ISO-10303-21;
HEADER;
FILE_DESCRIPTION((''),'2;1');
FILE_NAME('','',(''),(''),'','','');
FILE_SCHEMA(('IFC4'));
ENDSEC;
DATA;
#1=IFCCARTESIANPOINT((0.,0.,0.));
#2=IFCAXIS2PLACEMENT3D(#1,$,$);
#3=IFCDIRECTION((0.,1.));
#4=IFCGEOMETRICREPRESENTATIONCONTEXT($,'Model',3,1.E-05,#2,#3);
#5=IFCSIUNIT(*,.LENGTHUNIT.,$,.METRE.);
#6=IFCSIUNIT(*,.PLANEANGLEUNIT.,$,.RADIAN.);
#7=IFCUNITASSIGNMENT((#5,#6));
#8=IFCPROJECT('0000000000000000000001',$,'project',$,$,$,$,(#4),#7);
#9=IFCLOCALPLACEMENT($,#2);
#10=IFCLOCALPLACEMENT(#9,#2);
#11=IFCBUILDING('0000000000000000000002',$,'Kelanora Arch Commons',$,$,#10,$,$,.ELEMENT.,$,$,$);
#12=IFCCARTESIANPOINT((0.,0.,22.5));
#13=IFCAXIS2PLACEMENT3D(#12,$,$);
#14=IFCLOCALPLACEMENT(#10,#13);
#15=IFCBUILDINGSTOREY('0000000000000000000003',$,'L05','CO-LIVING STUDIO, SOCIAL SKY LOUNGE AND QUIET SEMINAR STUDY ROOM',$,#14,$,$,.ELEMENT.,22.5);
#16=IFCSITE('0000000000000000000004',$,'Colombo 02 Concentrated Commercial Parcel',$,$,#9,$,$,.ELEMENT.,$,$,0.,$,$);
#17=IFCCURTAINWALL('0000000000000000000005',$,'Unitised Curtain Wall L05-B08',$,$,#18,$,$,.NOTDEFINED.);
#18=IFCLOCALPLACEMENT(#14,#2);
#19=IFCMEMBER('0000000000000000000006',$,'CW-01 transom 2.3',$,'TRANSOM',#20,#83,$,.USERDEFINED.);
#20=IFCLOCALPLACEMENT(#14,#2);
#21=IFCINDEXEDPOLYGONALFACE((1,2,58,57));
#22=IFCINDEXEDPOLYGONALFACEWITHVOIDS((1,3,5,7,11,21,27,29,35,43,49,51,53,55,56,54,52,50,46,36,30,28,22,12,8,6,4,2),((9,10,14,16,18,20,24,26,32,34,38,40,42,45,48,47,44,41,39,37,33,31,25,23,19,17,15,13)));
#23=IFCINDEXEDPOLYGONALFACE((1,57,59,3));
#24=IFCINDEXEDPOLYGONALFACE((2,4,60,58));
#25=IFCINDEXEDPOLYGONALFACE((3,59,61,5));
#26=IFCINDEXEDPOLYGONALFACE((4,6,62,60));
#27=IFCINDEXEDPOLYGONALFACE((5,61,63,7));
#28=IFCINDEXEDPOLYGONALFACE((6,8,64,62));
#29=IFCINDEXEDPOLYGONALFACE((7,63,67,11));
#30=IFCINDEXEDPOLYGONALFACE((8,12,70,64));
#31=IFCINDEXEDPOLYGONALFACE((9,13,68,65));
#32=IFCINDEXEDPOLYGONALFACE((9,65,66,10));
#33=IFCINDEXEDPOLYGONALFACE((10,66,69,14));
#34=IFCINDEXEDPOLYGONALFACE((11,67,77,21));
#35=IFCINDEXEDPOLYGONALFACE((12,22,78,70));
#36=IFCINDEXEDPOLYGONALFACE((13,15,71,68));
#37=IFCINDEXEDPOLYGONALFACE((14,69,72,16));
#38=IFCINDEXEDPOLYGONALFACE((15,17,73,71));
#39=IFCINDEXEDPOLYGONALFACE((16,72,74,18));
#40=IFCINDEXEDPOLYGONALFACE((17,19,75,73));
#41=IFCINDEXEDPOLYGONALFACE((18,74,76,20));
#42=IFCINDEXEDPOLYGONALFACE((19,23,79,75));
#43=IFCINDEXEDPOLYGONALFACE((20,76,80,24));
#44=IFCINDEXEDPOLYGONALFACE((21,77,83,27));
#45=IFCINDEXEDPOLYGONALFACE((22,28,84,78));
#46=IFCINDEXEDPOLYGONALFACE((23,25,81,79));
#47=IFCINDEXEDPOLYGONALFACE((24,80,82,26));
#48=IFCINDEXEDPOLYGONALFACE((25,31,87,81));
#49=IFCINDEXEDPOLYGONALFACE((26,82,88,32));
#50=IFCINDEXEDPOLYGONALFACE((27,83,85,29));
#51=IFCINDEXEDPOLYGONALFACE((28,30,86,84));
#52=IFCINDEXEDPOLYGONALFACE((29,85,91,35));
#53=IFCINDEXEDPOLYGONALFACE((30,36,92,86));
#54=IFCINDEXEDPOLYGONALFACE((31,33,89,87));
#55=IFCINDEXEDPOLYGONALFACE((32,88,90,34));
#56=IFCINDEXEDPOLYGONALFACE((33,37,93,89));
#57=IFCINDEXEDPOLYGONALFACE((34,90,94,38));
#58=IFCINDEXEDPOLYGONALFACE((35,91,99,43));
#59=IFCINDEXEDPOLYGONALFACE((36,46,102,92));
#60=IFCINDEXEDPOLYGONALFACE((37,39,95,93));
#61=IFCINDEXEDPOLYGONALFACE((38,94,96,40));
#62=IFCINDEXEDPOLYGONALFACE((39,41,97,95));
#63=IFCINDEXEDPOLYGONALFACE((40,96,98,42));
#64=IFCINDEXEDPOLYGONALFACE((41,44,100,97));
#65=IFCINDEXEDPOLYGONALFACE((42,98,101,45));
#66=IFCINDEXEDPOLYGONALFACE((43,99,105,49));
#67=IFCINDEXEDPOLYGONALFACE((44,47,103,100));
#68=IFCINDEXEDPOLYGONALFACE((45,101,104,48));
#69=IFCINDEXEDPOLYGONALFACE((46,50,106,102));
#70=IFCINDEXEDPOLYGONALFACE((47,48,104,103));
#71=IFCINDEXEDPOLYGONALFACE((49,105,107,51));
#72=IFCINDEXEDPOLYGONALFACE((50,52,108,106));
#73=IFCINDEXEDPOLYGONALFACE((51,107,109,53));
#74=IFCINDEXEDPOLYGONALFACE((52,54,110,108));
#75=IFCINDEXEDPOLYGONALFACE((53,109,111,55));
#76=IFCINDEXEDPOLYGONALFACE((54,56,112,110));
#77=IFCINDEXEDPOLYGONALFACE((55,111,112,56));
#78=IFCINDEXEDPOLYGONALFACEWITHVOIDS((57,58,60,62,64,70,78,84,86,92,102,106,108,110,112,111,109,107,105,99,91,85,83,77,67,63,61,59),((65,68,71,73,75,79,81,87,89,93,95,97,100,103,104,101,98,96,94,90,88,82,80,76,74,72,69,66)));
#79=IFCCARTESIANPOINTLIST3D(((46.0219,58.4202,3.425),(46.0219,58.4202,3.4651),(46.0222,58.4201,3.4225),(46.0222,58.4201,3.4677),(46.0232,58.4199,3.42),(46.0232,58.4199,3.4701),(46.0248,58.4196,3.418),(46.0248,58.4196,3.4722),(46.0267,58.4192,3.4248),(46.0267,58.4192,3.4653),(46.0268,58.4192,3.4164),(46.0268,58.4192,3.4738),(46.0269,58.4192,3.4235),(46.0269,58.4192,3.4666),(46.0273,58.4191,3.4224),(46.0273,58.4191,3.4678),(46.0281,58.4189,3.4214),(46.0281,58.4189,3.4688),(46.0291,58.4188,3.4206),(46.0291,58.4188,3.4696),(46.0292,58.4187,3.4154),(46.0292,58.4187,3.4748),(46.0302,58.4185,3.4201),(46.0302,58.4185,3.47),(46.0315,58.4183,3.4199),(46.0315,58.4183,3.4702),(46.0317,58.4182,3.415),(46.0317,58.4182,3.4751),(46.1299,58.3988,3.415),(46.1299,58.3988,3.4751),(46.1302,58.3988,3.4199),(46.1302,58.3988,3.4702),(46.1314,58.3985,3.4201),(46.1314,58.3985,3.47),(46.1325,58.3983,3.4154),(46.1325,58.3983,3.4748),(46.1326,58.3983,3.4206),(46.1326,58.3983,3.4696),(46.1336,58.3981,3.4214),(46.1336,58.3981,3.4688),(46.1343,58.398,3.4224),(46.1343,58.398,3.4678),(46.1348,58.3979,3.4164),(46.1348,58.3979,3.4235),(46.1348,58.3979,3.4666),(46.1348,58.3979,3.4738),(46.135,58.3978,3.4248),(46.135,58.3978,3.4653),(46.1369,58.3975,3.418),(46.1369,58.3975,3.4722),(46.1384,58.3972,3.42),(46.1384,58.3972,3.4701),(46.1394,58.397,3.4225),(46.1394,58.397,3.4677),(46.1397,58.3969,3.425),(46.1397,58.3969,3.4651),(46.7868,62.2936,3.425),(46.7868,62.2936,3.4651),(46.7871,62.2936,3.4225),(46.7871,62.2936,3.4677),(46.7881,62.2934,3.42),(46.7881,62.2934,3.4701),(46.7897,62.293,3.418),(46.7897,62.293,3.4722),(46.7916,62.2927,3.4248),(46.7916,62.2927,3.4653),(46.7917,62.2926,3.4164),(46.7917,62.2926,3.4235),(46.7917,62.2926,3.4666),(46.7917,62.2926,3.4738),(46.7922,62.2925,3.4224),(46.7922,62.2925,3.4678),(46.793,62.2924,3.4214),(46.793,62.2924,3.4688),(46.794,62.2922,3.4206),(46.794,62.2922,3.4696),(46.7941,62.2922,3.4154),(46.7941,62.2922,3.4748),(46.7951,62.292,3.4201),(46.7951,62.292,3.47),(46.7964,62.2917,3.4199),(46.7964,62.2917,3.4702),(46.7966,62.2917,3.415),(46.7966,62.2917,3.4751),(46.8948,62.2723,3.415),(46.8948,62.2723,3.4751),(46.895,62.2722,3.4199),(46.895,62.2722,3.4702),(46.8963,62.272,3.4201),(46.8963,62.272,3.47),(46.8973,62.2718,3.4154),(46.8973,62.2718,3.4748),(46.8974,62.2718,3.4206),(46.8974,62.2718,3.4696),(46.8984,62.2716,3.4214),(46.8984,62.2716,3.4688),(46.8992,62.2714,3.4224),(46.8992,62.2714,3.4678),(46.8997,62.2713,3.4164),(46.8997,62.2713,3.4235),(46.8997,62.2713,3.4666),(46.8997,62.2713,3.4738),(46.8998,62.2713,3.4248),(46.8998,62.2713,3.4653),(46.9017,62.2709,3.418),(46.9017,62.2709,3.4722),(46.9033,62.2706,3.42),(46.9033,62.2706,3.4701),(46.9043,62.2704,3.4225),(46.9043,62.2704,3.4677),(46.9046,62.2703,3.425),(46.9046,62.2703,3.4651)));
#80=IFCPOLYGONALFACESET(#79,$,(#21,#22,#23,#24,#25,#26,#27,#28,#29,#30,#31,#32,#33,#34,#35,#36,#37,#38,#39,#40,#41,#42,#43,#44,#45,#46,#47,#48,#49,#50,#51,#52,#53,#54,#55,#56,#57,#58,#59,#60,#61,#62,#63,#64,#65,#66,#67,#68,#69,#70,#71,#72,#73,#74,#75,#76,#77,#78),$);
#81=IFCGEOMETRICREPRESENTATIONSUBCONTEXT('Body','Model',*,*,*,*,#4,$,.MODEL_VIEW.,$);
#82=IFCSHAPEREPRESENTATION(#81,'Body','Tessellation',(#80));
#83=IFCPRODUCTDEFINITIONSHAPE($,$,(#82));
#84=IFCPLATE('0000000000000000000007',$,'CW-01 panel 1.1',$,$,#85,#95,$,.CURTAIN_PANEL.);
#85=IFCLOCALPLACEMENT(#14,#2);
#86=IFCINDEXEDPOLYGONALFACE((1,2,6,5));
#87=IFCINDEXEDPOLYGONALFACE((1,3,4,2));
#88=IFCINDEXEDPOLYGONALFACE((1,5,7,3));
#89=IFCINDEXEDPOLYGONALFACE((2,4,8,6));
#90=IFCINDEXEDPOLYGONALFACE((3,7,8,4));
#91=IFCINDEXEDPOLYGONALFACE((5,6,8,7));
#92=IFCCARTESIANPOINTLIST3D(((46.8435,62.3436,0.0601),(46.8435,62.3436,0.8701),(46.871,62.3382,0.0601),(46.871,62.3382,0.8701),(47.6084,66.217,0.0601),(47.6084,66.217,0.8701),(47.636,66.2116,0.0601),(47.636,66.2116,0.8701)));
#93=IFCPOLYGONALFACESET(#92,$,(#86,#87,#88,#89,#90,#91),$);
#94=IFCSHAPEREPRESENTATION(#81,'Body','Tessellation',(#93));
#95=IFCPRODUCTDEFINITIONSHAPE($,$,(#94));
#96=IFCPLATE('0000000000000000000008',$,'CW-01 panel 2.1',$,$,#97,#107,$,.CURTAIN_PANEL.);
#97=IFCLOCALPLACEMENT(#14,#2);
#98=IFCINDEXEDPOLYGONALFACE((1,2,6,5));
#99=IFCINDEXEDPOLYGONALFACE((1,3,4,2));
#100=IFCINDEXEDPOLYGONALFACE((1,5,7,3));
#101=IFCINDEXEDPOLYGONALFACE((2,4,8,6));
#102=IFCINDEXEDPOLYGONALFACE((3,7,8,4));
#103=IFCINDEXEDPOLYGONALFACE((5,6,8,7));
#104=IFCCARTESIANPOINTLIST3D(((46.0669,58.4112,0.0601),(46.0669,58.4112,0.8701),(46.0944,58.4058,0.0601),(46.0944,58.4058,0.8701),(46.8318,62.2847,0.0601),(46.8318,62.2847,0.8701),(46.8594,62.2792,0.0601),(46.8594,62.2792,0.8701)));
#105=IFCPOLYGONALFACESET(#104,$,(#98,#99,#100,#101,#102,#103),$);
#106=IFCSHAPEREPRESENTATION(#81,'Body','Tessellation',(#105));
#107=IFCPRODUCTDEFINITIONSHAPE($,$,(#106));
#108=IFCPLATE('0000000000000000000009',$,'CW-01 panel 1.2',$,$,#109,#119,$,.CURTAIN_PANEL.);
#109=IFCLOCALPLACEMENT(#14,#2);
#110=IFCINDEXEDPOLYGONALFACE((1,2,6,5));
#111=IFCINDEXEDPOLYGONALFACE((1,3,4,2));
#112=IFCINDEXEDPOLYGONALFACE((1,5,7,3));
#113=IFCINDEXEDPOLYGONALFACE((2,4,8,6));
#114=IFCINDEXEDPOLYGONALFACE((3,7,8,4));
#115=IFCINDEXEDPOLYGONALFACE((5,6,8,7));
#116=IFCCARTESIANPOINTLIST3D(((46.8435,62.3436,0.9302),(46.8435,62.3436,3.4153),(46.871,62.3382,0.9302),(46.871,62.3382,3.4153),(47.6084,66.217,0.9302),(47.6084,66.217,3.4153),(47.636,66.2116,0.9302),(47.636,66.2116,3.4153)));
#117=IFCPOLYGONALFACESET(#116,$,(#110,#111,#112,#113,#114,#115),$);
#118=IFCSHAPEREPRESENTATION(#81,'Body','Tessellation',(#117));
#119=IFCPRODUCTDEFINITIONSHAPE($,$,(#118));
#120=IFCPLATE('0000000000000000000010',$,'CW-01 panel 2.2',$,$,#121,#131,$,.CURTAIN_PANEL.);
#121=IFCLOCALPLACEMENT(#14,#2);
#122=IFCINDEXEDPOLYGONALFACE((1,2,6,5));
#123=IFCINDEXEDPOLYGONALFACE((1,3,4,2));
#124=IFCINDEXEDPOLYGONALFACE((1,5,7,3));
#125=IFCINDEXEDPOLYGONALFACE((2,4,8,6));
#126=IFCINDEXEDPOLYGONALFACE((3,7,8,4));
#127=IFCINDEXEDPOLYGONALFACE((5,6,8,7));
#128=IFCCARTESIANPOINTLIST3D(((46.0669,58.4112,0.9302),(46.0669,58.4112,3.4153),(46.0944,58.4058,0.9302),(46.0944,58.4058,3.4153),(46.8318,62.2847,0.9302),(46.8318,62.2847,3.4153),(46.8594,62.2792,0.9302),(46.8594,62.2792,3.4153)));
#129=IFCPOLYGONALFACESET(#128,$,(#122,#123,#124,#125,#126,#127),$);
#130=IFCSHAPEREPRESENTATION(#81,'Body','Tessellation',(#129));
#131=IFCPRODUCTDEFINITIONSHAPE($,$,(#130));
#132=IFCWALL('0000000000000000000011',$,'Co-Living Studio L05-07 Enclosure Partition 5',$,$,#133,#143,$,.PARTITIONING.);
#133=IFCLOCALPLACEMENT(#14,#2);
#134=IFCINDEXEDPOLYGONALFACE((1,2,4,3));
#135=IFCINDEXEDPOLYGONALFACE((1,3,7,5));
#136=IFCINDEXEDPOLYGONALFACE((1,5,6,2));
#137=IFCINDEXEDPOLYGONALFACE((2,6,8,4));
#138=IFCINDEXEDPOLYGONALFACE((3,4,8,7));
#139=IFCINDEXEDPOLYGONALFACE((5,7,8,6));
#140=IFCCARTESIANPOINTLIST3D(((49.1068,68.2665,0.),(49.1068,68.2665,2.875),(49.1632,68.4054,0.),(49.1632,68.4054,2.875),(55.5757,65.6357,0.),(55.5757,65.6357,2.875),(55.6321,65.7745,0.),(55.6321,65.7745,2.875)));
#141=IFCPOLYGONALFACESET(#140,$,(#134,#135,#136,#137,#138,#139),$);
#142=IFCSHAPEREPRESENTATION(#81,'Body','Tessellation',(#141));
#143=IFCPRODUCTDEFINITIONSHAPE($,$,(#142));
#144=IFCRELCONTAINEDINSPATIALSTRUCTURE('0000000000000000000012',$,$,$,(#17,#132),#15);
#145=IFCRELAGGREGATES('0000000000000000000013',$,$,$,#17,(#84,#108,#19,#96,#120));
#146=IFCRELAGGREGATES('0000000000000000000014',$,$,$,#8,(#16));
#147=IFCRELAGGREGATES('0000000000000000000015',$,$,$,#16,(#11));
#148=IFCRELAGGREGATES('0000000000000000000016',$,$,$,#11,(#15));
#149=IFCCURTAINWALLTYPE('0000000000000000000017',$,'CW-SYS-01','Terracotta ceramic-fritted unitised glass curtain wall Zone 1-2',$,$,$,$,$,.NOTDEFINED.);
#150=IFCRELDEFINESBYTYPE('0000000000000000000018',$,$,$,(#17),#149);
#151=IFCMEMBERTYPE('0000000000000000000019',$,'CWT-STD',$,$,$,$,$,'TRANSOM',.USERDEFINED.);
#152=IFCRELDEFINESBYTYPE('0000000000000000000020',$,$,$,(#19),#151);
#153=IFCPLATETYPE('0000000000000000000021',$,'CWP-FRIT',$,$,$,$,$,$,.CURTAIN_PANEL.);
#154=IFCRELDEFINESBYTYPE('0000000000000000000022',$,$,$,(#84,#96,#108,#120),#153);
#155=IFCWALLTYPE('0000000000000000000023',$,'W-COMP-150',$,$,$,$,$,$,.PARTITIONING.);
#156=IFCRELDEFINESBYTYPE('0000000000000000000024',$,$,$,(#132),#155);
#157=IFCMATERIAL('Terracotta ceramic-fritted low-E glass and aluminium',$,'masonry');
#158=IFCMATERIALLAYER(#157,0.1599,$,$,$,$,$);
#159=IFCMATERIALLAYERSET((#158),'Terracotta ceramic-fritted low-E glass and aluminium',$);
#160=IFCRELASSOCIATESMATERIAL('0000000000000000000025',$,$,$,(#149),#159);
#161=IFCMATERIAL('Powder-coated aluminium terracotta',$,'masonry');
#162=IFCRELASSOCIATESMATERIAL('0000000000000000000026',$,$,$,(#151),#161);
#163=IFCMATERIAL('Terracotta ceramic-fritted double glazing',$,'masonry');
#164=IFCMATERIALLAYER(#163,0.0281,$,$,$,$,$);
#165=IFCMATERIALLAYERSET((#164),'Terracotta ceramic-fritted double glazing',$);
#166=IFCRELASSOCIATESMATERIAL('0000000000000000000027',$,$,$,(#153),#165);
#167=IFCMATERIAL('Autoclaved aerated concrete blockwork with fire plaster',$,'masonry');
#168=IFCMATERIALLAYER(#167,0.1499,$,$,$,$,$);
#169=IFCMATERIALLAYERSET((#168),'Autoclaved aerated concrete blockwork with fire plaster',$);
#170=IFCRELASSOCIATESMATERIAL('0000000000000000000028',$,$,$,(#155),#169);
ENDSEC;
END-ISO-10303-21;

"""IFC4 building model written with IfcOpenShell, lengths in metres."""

from ifc_helpers import new_model, si_unit, direction, frame, frame_2d, origin, origin_2d, place, context, subcontext, project, spatial, rectangle, hollow_rectangle, extrude, source, transform, mapped, material, layer, layer_set, material_profile, profile_set, type_object, element, aggregate, save


model = new_model("IFC4")

# Units and contexts
model_context = context("Model", 3, precision=1e-05, world=origin(), true_north=direction((0.0, 1.0)))
body_context = subcontext(model_context, "Body", "Model", "MODEL_VIEW")
ifc_project = project(units=[si_unit("LENGTHUNIT", "METRE"), si_unit("PLANEANGLEUNIT", "RADIAN")], contexts=[model_context])

# Site, building, storey
site_placement = place(None, origin())
site = spatial("IfcSite", under=ifc_project, at=site_placement, Name="Colombo 02 Concentrated Commercial Parcel", CompositionType="ELEMENT", RefElevation=0.0)
building_placement = place(site_placement, origin())
building = spatial("IfcBuilding", under=site, at=building_placement, Name="Kelanora Arch Commons", CompositionType="ELEMENT")
storey_placement = place(building_placement, frame((0.0, 0.0, 22.5)))
storey = spatial("IfcBuildingStorey", under=building, at=storey_placement, Name="L05", Description="CO-LIVING STUDIO, SOCIAL SKY LOUNGE AND QUIET SEMINAR STUDY ROOM", CompositionType="ELEMENT", Elevation=22.5)

# Curtain wall, member, plates
ifc_material_1 = material(Name="Terracotta ceramic-fritted low-E glass and aluminium", Category="masonry")
ifc_layer_1 = layer(ifc_material_1, 0.1599)
ifc_layer_set_1 = layer_set([ifc_layer_1], Name="Terracotta ceramic-fritted low-E glass and aluminium")
curtain_wall_type = type_object("IfcCurtainWallType", Name="CW-SYS-01", Description="Terracotta ceramic-fritted unitised glass curtain wall Zone 1-2", PredefinedType="NOTDEFINED", material=ifc_layer_set_1)
curtain_wall_placement = place(storey_placement, origin())
curtain_wall = element("IfcCurtainWall", 1, at=curtain_wall_placement, inside=storey, type_object=curtain_wall_type, Name="Unitised Curtain Wall L05-B08", PredefinedType="NOTDEFINED")
ifc_material_2 = material(Name="Powder-coated aluminium terracotta", Category="masonry")
ifc_material_profile_1 = material_profile(ifc_material_2, hollow_rectangle(XDim=0.1201, YDim=0.0601, WallThickness=0.0049, InnerFilletRadius=0.0049, OuterFilletRadius=0.01, at=origin_2d()), Name="CWT120x60")
ifc_profile_set_1 = profile_set([ifc_material_profile_1], Name="Powder-coated aluminium terracotta")
member_type_1 = type_object("IfcMemberType", Name="CWT-STD", ElementType="TRANSOM", PredefinedType="USERDEFINED", material=ifc_profile_set_1)
member_1_placement = place(storey_placement, frame((46.8457, 62.282, 3.4451), z_axis=(-0.193725, -0.981056, 0.0), x_axis=(0.981056, -0.193725, 0.0)))
member_1 = element("IfcMember", 2, at=member_1_placement, type_object=member_type_1, Name="CW-01 transom 2.3", ObjectType="TRANSOM", PredefinedType="USERDEFINED", context=body_context, shape_type="SweptSolid", body=[
    extrude(hollow_rectangle(XDim=0.1201, YDim=0.0601, WallThickness=0.0049, InnerFilletRadius=0.0049, OuterFilletRadius=0.01, at=origin_2d()), origin(), (0.0, 0.0, 1.0), 3.9482),
])
ifc_material_3 = material(Name="Terracotta ceramic-fritted double glazing", Category="masonry")
ifc_layer_2 = layer(ifc_material_3, 0.0281)
ifc_layer_set_2 = layer_set([ifc_layer_2], Name="Terracotta ceramic-fritted double glazing")
plate_type = type_object("IfcPlateType", Name="CWP-FRIT", PredefinedType="CURTAIN_PANEL", material=ifc_layer_set_2)
shared_shape_1 = source(origin(), body_context, "Body", "SweptSolid", [
    extrude(rectangle(XDim=3.9482, YDim=0.0281, at=origin_2d()), origin(), (0.0, 0.0, 1.0), 0.8101),
])
plate_1_placement = place(storey_placement, frame((47.2397, 64.2776, 0.0601), z_axis=(0.0, 0.0, 1.0), x_axis=(-0.193744, -0.981052, 0.0)))
plate_1 = element("IfcPlate", 3, at=plate_1_placement, type_object=plate_type, Name="CW-01 panel 1.1", PredefinedType="CURTAIN_PANEL", context=body_context, shape_type="MappedRepresentation", body=[
    mapped(shared_shape_1, transform((0.0, 0.0, 0.0), scale=1.0)),
])
plate_2_placement = place(storey_placement, frame((46.4631, 60.3452, 0.0601), z_axis=(0.0, 0.0, 1.0), x_axis=(-0.193744, -0.981052, 0.0)))
plate_2 = element("IfcPlate", 4, at=plate_2_placement, type_object=plate_type, Name="CW-01 panel 2.1", PredefinedType="CURTAIN_PANEL", context=body_context, shape_type="MappedRepresentation", body=[
    mapped(shared_shape_1, transform((0.0, 0.0, 0.0), scale=1.0)),
])
shared_shape_2 = source(origin(), body_context, "Body", "SweptSolid", [
    extrude(rectangle(XDim=3.9482, YDim=0.0281, at=origin_2d()), origin(), (0.0, 0.0, 1.0), 2.4851),
])
plate_3_placement = place(storey_placement, frame((47.2397, 64.2776, 0.9302), z_axis=(0.0, 0.0, 1.0), x_axis=(-0.193744, -0.981052, 0.0)))
plate_3 = element("IfcPlate", 5, at=plate_3_placement, type_object=plate_type, Name="CW-01 panel 1.2", PredefinedType="CURTAIN_PANEL", context=body_context, shape_type="MappedRepresentation", body=[
    mapped(shared_shape_2, transform((0.0, 0.0, 0.0), scale=1.0)),
])
plate_4_placement = place(storey_placement, frame((46.4631, 60.3452, 0.9302), z_axis=(0.0, 0.0, 1.0), x_axis=(-0.193744, -0.981052, 0.0)))
plate_4 = element("IfcPlate", 6, at=plate_4_placement, type_object=plate_type, Name="CW-01 panel 2.2", PredefinedType="CURTAIN_PANEL", context=body_context, shape_type="MappedRepresentation", body=[
    mapped(shared_shape_2, transform((0.0, 0.0, 0.0), scale=1.0)),
])
aggregate(curtain_wall, [plate_1, plate_3, member_1, plate_2, plate_4])

# Wall
ifc_material_4 = material(Name="Autoclaved aerated concrete blockwork with fire plaster", Category="masonry")
ifc_layer_3 = layer(ifc_material_4, 0.1499)
ifc_layer_set_3 = layer_set([ifc_layer_3], Name="Autoclaved aerated concrete blockwork with fire plaster")
wall_type_1 = type_object("IfcWallType", Name="W-COMP-150", PredefinedType="PARTITIONING", material=ifc_layer_set_3)
wall_1_placement = place(storey_placement, frame((49.135, 68.3359, 0.0), z_axis=(0.0, 0.0, 1.0), x_axis=(0.926325, -0.376725, 0.0)))
element("IfcWall", 7, at=wall_1_placement, inside=storey, type_object=wall_type_1, Name="Co-Living Studio L05-07 Enclosure Partition 5", PredefinedType="PARTITIONING", context=body_context, shape_type="SweptSolid", body=[
    extrude(rectangle(XDim=6.9834, YDim=0.1499, at=frame_2d((3.4917, 0.0))), origin(), (0.0, 0.0, 1.0), 2.875),
])

save(model, "model.ifc")
